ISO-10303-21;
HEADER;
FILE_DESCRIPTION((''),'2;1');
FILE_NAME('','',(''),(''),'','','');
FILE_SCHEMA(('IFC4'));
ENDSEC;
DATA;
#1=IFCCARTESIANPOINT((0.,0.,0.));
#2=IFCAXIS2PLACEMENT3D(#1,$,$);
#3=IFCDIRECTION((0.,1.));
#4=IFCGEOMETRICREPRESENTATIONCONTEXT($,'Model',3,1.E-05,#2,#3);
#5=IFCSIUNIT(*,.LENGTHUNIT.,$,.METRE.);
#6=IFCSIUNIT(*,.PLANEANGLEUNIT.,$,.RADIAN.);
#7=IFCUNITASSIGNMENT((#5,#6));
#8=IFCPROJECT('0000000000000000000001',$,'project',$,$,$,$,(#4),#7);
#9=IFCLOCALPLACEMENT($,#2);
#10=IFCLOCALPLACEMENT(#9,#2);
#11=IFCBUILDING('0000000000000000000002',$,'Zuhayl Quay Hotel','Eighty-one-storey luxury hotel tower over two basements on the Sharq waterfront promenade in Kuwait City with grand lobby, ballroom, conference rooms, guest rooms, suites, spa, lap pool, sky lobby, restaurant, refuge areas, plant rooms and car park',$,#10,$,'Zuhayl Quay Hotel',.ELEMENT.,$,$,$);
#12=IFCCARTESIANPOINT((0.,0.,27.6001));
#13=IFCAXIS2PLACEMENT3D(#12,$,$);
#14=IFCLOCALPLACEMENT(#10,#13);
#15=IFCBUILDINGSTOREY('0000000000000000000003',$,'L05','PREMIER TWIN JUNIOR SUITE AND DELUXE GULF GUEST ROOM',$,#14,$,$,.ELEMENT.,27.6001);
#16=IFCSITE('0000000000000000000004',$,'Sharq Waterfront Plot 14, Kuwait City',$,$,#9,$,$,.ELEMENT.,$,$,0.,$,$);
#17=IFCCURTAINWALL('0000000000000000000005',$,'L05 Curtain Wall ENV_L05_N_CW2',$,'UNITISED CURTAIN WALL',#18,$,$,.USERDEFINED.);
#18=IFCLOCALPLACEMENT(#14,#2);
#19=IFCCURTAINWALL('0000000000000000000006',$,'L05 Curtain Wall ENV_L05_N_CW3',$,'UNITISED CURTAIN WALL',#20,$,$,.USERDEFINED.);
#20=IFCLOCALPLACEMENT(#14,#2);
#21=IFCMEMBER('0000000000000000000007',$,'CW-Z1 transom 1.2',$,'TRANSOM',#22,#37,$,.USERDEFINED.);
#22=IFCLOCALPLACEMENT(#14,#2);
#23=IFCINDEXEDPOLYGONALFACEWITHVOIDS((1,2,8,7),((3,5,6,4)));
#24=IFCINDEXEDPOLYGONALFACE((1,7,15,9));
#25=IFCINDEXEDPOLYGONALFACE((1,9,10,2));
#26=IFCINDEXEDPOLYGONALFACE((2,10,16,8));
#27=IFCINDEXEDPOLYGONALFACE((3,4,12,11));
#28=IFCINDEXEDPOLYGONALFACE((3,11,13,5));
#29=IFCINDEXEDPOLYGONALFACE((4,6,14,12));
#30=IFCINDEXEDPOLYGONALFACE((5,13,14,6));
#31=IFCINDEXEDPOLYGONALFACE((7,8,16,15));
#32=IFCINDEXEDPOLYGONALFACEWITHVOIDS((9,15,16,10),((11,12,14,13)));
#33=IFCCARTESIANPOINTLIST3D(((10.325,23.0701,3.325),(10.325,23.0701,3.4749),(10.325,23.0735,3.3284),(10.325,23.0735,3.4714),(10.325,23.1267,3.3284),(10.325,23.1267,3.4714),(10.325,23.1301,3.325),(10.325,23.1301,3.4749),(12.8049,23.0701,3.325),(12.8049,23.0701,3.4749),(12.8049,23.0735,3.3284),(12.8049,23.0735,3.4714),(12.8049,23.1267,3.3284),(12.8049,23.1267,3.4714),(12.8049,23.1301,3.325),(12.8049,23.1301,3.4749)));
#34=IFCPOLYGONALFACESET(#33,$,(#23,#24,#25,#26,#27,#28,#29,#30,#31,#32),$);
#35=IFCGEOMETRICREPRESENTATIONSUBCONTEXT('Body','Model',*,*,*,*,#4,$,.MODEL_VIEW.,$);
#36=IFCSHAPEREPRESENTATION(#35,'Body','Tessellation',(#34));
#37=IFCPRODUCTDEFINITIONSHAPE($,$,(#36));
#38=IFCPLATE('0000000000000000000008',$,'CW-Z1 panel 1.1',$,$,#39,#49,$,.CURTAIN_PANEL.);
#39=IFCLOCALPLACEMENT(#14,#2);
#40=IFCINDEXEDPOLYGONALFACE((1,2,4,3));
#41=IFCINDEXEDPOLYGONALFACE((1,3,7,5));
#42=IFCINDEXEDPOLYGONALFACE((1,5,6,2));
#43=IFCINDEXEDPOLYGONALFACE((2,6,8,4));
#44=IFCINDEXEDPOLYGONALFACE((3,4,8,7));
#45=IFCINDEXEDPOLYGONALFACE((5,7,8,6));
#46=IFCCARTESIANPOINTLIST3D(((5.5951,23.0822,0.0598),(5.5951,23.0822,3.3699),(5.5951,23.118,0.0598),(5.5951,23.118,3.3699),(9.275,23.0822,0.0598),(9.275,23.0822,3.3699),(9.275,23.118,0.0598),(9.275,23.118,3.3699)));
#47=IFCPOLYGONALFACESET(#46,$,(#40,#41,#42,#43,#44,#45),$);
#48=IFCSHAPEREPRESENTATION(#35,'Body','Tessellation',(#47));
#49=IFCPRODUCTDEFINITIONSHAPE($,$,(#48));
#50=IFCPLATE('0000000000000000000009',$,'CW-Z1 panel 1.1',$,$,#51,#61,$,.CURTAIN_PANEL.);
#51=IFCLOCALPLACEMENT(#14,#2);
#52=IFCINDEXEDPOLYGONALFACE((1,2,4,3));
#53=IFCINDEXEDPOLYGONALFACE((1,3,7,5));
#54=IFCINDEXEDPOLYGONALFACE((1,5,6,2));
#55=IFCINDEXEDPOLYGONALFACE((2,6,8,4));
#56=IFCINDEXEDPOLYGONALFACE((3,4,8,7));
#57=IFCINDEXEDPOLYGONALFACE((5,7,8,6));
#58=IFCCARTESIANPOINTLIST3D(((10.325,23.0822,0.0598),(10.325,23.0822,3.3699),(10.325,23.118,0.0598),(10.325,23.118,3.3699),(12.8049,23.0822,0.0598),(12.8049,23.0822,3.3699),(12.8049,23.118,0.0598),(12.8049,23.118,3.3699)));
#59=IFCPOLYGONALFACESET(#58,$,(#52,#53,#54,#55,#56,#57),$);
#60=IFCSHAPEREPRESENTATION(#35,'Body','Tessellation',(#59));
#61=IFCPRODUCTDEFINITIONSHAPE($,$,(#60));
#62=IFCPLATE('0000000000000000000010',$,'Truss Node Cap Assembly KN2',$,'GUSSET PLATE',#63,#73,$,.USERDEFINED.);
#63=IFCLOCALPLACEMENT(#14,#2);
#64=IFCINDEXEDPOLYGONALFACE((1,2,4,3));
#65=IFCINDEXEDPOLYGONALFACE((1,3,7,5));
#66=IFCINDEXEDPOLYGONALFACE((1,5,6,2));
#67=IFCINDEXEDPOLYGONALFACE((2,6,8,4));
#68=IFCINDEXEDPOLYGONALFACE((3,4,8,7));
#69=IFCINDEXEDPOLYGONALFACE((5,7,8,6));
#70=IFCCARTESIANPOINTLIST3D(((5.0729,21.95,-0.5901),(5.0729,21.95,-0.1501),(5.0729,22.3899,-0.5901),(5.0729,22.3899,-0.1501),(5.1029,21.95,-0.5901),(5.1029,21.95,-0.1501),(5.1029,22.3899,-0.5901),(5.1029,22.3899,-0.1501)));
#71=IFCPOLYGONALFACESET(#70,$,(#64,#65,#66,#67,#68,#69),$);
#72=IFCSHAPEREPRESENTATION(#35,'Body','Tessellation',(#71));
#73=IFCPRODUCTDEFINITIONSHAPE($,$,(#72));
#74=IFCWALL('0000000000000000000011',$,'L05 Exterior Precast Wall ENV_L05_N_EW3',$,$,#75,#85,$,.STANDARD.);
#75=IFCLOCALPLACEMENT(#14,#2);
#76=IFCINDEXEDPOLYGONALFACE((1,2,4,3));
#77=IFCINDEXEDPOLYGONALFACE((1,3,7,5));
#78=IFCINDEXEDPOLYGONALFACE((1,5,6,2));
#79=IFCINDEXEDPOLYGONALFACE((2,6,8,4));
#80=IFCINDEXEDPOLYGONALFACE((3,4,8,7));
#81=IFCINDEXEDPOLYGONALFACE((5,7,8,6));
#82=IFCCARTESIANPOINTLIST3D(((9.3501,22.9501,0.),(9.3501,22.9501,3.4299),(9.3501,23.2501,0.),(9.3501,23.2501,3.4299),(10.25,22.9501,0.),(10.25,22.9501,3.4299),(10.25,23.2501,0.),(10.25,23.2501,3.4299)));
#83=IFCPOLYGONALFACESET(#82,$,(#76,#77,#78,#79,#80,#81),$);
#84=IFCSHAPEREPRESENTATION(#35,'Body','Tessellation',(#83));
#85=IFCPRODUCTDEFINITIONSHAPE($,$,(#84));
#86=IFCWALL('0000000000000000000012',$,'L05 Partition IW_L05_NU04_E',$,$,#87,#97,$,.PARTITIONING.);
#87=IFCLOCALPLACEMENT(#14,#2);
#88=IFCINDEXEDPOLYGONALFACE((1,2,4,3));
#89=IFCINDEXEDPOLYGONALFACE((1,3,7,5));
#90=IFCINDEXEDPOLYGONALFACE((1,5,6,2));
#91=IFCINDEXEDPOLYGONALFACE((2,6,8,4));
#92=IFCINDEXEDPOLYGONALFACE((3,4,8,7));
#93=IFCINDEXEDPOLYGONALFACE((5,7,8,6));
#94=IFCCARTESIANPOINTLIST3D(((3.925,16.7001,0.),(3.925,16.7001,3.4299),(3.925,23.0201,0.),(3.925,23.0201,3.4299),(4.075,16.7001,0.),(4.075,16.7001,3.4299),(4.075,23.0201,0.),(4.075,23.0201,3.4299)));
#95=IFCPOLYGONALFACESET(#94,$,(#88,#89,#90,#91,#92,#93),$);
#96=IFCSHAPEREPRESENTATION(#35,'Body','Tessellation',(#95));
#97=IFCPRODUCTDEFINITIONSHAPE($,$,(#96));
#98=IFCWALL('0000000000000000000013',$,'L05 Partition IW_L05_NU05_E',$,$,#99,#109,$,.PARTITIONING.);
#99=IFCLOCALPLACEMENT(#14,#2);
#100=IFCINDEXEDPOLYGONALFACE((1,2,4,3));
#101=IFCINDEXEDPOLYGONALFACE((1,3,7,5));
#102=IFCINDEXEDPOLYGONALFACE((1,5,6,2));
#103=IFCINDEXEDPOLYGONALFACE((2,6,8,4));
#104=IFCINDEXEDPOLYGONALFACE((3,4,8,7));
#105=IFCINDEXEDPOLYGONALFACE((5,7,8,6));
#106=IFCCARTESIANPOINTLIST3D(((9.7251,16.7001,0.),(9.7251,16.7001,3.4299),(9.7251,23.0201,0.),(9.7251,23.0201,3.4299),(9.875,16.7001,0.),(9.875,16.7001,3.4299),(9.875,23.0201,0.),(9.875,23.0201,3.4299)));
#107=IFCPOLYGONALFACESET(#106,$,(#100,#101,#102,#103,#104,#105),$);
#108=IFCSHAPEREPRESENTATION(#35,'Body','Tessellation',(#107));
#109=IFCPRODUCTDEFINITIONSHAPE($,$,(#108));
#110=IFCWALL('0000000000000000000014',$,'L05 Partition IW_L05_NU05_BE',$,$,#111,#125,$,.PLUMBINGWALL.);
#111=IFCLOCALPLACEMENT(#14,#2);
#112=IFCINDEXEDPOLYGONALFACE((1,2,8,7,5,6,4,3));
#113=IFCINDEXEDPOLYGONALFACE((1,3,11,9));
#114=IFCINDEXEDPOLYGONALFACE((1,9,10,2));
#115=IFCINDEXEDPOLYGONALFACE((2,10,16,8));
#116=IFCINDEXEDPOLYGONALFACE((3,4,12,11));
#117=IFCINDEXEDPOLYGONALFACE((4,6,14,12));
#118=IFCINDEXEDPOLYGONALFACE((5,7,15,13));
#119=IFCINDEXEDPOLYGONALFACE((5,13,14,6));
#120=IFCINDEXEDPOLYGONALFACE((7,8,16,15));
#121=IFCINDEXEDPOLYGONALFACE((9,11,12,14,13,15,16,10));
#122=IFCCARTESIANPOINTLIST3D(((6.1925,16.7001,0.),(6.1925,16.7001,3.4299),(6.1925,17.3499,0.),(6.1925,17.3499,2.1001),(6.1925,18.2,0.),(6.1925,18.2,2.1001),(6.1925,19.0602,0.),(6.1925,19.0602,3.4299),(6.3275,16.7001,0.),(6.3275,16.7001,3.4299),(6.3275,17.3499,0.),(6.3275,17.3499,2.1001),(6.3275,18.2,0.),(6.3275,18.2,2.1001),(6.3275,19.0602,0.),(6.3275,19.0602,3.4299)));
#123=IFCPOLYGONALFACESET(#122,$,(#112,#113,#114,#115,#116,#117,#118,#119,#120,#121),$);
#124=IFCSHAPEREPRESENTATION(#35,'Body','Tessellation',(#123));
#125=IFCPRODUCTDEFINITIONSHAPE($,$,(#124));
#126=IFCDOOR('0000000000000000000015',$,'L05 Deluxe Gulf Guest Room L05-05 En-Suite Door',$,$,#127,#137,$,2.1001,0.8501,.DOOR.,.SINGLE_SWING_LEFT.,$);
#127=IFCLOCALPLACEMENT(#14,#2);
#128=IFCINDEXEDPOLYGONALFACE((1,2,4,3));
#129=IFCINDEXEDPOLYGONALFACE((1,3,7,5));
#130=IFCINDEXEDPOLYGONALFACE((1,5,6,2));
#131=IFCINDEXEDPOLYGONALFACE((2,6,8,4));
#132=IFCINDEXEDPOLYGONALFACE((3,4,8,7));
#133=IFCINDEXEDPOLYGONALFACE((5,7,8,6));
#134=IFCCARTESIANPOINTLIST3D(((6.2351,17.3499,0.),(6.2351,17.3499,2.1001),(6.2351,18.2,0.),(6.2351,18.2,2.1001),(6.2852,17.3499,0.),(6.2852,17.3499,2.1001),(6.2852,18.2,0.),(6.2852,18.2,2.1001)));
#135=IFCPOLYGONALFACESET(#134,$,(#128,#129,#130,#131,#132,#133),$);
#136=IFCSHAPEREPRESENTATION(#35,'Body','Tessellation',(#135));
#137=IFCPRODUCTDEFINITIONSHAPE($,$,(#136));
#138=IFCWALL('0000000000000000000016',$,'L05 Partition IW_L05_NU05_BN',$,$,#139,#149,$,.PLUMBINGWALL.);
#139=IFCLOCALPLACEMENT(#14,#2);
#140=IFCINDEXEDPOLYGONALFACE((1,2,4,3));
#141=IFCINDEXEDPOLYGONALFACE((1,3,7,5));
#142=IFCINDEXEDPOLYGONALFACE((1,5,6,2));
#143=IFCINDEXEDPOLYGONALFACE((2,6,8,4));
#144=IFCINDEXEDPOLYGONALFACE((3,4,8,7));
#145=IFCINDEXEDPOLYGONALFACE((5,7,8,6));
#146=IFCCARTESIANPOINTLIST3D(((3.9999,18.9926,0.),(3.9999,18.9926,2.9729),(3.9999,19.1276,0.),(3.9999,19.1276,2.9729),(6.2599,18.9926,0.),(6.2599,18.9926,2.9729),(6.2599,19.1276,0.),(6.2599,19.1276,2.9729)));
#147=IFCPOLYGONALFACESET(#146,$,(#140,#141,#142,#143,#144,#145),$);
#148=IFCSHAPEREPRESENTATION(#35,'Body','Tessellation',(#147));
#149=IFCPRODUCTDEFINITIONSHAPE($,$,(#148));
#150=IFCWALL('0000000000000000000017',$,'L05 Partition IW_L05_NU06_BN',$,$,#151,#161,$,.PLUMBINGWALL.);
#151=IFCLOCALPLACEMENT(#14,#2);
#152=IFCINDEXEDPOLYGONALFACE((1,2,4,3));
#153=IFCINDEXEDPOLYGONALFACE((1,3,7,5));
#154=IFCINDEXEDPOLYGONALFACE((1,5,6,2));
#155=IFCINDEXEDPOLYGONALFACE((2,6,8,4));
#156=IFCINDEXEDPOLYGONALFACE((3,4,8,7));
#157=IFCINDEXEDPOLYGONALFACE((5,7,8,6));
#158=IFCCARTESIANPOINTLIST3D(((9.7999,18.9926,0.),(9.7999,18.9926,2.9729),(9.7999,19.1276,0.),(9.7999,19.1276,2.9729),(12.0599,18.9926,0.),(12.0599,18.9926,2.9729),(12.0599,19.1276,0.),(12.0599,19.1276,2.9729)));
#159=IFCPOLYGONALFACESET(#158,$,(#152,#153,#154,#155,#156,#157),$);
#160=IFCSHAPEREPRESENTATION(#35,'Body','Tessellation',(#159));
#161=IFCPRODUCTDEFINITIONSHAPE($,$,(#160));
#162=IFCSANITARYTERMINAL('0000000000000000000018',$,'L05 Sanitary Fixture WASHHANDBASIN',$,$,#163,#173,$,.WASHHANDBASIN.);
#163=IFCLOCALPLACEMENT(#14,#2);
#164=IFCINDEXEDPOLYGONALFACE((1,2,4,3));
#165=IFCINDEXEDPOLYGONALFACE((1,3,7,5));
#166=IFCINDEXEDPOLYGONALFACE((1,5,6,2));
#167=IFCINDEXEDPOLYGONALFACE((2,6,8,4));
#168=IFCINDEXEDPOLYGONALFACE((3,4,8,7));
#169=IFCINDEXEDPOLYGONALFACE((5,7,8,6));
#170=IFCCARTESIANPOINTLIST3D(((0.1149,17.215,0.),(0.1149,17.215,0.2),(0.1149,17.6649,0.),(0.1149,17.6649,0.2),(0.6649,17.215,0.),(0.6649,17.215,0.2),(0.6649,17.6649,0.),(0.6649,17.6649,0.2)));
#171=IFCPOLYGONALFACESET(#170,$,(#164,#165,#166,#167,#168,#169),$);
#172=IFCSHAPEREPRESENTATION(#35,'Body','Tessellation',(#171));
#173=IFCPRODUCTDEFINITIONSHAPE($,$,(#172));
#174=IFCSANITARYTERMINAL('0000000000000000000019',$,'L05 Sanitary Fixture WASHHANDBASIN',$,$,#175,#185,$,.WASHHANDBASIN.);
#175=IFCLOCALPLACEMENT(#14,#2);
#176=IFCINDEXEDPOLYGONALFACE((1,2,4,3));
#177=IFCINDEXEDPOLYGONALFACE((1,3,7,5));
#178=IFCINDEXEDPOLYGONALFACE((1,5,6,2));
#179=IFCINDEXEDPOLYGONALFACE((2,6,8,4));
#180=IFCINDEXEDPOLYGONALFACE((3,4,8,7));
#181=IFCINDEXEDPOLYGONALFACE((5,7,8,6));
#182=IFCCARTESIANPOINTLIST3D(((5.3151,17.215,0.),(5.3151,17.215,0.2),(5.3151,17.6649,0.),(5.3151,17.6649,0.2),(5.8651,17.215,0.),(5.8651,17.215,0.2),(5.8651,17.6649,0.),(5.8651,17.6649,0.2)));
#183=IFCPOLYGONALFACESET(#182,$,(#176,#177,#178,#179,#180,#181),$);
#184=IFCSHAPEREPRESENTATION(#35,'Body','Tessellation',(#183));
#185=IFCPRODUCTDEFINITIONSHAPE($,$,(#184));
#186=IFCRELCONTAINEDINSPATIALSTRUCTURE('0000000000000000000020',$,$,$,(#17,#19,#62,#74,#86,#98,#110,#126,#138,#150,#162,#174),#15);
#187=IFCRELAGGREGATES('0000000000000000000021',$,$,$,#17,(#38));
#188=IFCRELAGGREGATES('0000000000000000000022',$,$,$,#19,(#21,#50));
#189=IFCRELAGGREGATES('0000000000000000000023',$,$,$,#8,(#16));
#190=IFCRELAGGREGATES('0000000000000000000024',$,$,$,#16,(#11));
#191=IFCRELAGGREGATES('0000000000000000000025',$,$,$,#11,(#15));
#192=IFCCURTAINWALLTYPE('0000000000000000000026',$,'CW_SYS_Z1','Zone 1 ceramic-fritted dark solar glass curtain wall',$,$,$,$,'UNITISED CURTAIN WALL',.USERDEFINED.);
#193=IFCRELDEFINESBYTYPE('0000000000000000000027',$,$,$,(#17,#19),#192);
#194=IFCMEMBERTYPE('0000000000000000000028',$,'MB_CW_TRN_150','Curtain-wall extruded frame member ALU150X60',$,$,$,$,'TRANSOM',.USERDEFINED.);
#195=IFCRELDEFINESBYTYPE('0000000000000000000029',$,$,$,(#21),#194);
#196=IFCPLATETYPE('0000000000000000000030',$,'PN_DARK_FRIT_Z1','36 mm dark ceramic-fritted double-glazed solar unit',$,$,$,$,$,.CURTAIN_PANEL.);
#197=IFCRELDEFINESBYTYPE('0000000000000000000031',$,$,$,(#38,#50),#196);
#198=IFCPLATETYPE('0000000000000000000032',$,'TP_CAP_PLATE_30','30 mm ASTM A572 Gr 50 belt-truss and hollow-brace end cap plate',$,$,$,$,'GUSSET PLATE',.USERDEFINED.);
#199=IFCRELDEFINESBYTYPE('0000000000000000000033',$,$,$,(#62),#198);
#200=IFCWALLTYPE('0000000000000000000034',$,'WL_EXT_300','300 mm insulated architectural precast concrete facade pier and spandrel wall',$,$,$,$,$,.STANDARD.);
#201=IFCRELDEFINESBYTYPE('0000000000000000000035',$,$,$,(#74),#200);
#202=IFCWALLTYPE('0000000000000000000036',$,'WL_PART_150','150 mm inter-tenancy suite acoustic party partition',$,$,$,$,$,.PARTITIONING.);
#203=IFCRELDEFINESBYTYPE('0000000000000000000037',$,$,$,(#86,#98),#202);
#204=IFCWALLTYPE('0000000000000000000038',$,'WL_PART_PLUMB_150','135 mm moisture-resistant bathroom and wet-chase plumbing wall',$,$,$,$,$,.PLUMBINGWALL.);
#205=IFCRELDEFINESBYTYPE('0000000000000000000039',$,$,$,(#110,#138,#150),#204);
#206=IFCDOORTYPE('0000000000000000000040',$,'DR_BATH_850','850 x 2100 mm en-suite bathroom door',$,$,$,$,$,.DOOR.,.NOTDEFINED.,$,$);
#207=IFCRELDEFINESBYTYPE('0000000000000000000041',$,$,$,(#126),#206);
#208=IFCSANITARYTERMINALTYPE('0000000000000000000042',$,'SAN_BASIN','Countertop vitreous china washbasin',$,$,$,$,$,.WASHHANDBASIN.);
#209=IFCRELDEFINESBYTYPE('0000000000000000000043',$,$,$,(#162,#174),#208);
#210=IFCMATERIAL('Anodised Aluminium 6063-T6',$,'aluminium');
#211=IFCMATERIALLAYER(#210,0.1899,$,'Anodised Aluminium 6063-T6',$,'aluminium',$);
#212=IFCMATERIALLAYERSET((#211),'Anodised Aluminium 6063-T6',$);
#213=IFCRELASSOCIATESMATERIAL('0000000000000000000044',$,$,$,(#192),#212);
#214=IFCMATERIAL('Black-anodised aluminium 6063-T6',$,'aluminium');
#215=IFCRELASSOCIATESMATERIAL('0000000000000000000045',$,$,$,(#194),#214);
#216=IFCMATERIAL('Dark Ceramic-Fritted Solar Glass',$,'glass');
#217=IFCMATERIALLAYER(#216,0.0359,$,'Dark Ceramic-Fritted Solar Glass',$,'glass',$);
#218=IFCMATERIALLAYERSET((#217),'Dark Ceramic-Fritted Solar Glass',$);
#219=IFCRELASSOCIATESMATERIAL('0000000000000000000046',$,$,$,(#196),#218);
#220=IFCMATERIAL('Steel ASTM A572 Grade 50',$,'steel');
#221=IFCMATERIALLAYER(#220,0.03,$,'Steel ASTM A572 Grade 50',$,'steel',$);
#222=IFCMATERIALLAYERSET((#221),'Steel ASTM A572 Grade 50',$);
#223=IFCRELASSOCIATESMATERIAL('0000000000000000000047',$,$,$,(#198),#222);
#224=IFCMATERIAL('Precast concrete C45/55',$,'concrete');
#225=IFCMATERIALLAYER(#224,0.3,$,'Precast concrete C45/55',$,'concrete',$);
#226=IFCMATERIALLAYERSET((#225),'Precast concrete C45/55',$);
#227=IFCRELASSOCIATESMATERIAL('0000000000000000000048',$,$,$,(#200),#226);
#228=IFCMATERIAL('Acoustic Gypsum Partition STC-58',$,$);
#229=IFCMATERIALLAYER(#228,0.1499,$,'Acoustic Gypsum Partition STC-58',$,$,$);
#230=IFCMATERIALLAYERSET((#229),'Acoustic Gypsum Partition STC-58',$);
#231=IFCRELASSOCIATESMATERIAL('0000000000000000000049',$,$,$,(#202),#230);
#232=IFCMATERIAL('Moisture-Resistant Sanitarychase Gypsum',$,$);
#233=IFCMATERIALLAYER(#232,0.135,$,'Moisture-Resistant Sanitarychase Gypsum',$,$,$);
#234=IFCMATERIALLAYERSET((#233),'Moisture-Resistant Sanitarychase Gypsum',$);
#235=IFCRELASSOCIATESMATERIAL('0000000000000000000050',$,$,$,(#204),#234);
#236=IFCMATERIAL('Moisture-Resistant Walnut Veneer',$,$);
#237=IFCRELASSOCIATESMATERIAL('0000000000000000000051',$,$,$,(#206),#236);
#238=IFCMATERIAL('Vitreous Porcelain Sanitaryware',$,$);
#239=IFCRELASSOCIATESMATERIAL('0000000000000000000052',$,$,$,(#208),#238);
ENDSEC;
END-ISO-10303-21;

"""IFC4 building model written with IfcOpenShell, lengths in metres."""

from ifc_helpers import new_model, si_unit, direction, frame, frame_2d, origin, origin_2d, place, context, subcontext, project, spatial, rectangle, hollow_rectangle, extrude, material, layer, layer_set, material_profile, profile_set, type_object, element, fill, aggregate, save


model = new_model("IFC4")

# Units and contexts
model_context = context("Model", 3, precision=1e-05, world=origin(), true_north=direction((0.0, 1.0)))
body_context = subcontext(model_context, "Body", "Model", "MODEL_VIEW")
ifc_project = project(units=[si_unit("LENGTHUNIT", "METRE"), si_unit("PLANEANGLEUNIT", "RADIAN")], contexts=[model_context])

# Site, building, storey
site_placement = place(None, origin())
site = spatial("IfcSite", under=ifc_project, at=site_placement, Name="Sharq Waterfront Plot 14, Kuwait City", CompositionType="ELEMENT", RefElevation=0.0)
building_placement = place(site_placement, origin())
building = spatial("IfcBuilding", under=site, at=building_placement, Name="Zuhayl Quay Hotel", Description="Eighty-one-storey luxury hotel tower over two basements on the Sharq waterfront promenade in Kuwait City with grand lobby, ballroom, conference rooms, guest rooms, suites, spa, lap pool, sky lobby, restaurant, refuge areas, plant rooms and car park", LongName="Zuhayl Quay Hotel", CompositionType="ELEMENT")
storey_placement = place(building_placement, frame((0.0, 0.0, 27.6001)))
storey = spatial("IfcBuildingStorey", under=building, at=storey_placement, Name="L05", Description="PREMIER TWIN JUNIOR SUITE AND DELUXE GULF GUEST ROOM", CompositionType="ELEMENT", Elevation=27.6001)

# Curtain wall
ifc_material_1 = material(Name="Anodised Aluminium 6063-T6", Category="aluminium")
ifc_layer_1 = layer(ifc_material_1, 0.1899, Name="Anodised Aluminium 6063-T6", Category="aluminium")
ifc_layer_set_1 = layer_set([ifc_layer_1], Name="Anodised Aluminium 6063-T6")
curtain_wall_type = type_object("IfcCurtainWallType", Name="CW_SYS_Z1", Description="Zone 1 ceramic-fritted dark solar glass curtain wall", ElementType="UNITISED CURTAIN WALL", PredefinedType="USERDEFINED", material=ifc_layer_set_1)
curtain_wall_1_placement = place(storey_placement, origin())
curtain_wall_1 = element("IfcCurtainWall", 1, at=curtain_wall_1_placement, inside=storey, type_object=curtain_wall_type, Name="L05 Curtain Wall ENV_L05_N_CW2", ObjectType="UNITISED CURTAIN WALL", PredefinedType="USERDEFINED")
ifc_material_2 = material(Name="Black-anodised aluminium 6063-T6", Category="aluminium")

# Curtain wall
curtain_wall_2_placement = place(storey_placement, origin())
curtain_wall_2 = element("IfcCurtainWall", 2, at=curtain_wall_2_placement, inside=storey, type_object=curtain_wall_type, Name="L05 Curtain Wall ENV_L05_N_CW3", ObjectType="UNITISED CURTAIN WALL", PredefinedType="USERDEFINED")

# Member
ifc_material_profile_1 = material_profile(ifc_material_2, hollow_rectangle(XDim=0.0601, YDim=0.1499, WallThickness=0.0034, at=origin_2d()), Name="ALU150X60")
ifc_profile_set_1 = profile_set([ifc_material_profile_1], Name="Black-anodised aluminium 6063-T6")
member_type_1 = type_object("IfcMemberType", Name="MB_CW_TRN_150", Description="Curtain-wall extruded frame member ALU150X60", ElementType="TRANSOM", PredefinedType="USERDEFINED", material=ifc_profile_set_1)
member_1_placement = place(storey_placement, frame((10.325, 23.1001, 3.3999), z_axis=(1.0, 0.0, 0.0), x_axis=(0.0, 1.0, 0.0)))
member_1 = element("IfcMember", 3, at=member_1_placement, type_object=member_type_1, Name="CW-Z1 transom 1.2", ObjectType="TRANSOM", PredefinedType="USERDEFINED", context=body_context, shape_type="SweptSolid", body=[
    extrude(hollow_rectangle(XDim=0.0601, YDim=0.1499, WallThickness=0.0034, at=origin_2d()), origin(), (0.0, 0.0, 1.0), 2.48),
])

# Plates
ifc_material_3 = material(Name="Dark Ceramic-Fritted Solar Glass", Category="glass")
ifc_layer_2 = layer(ifc_material_3, 0.0359, Name="Dark Ceramic-Fritted Solar Glass", Category="glass")
ifc_layer_set_2 = layer_set([ifc_layer_2], Name="Dark Ceramic-Fritted Solar Glass")
plate_type_1 = type_object("IfcPlateType", Name="PN_DARK_FRIT_Z1", Description="36 mm dark ceramic-fritted double-glazed solar unit", PredefinedType="CURTAIN_PANEL", material=ifc_layer_set_2)
plate_1_placement = place(storey_placement, frame((7.4351, 23.1001, 0.0598), z_axis=(0.0, 0.0, 1.0), x_axis=(1.0, 0.0, 0.0)))
plate_1 = element("IfcPlate", 4, at=plate_1_placement, type_object=plate_type_1, Name="CW-Z1 panel 1.1", PredefinedType="CURTAIN_PANEL", context=body_context, shape_type="SweptSolid", body=[
    extrude(rectangle(XDim=3.6799, YDim=0.0359, at=origin_2d()), origin(), (0.0, 0.0, 1.0), 3.3101),
])
aggregate(curtain_wall_1, [plate_1])
plate_2_placement = place(storey_placement, frame((11.5649, 23.1001, 0.0598), z_axis=(0.0, 0.0, 1.0), x_axis=(1.0, 0.0, 0.0)))
plate_2 = element("IfcPlate", 5, at=plate_2_placement, type_object=plate_type_1, Name="CW-Z1 panel 1.1", PredefinedType="CURTAIN_PANEL", context=body_context, shape_type="SweptSolid", body=[
    extrude(rectangle(XDim=2.48, YDim=0.0359, at=origin_2d()), origin(), (0.0, 0.0, 1.0), 3.3101),
])
aggregate(curtain_wall_2, [member_1, plate_2])
ifc_material_4 = material(Name="Steel ASTM A572 Grade 50", Category="steel")
ifc_layer_3 = layer(ifc_material_4, 0.03, Name="Steel ASTM A572 Grade 50", Category="steel")
ifc_layer_set_3 = layer_set([ifc_layer_3], Name="Steel ASTM A572 Grade 50")
plate_type_2 = type_object("IfcPlateType", Name="TP_CAP_PLATE_30", Description="30 mm ASTM A572 Gr 50 belt-truss and hollow-brace end cap plate", ElementType="GUSSET PLATE", PredefinedType="USERDEFINED", material=ifc_layer_set_3)
plate_3_placement = place(storey_placement, frame((5.0879, 22.1699, -0.5901), z_axis=(0.0, 0.0, 1.0), x_axis=(-1.0, 0.0, 0.0)))
element("IfcPlate", 6, at=plate_3_placement, inside=storey, type_object=plate_type_2, Name="Truss Node Cap Assembly KN2", ObjectType="GUSSET PLATE", PredefinedType="USERDEFINED", context=body_context, shape_type="SweptSolid", body=[
    extrude(rectangle(XDim=0.03, YDim=0.4399, at=origin_2d()), origin(), (0.0, 0.0, 1.0), 0.4399),
])

# Walls
ifc_material_5 = material(Name="Precast concrete C45/55", Category="concrete")
ifc_layer_4 = layer(ifc_material_5, 0.3, Name="Precast concrete C45/55", Category="concrete")
ifc_layer_set_4 = layer_set([ifc_layer_4], Name="Precast concrete C45/55")
wall_type_1 = type_object("IfcWallType", Name="WL_EXT_300", Description="300 mm insulated architectural precast concrete facade pier and spandrel wall", PredefinedType="STANDARD", material=ifc_layer_set_4)
wall_1_placement = place(storey_placement, frame((9.3501, 23.1001, 0.0), z_axis=(0.0, 0.0, 1.0), x_axis=(1.0, 0.0, 0.0)))
element("IfcWall", 7, at=wall_1_placement, inside=storey, type_object=wall_type_1, Name="L05 Exterior Precast Wall ENV_L05_N_EW3", PredefinedType="STANDARD", context=body_context, shape_type="SweptSolid", body=[
    extrude(rectangle(XDim=0.8999, YDim=0.3, at=frame_2d((0.45, 0.0))), origin(), (0.0, 0.0, 1.0), 3.4299),
])
ifc_material_6 = material(Name="Acoustic Gypsum Partition STC-58")
ifc_layer_5 = layer(ifc_material_6, 0.1499, Name="Acoustic Gypsum Partition STC-58")
ifc_layer_set_5 = layer_set([ifc_layer_5], Name="Acoustic Gypsum Partition STC-58")
wall_type_2 = type_object("IfcWallType", Name="WL_PART_150", Description="150 mm inter-tenancy suite acoustic party partition", PredefinedType="PARTITIONING", material=ifc_layer_set_5)
for number, where, z_axis, x_axis, name in (
    (8, (4.0, 16.7, 0.0), (0.0, 0.0, 1.0), (0.0, 1.0, 0.0), "L05 Partition IW_L05_NU04_E"),
    (9, (9.8, 16.7, 0.0), (0.0, 0.0, 1.0), (0.0, 1.0, 0.0), "L05 Partition IW_L05_NU05_E"),
):
    element("IfcWall", number, at=place(storey_placement, frame(where, z_axis=z_axis, x_axis=x_axis)), inside=storey, type_object=wall_type_2, Name=name, PredefinedType="PARTITIONING", context=body_context, shape_type="SweptSolid", body=[
        extrude(rectangle(XDim=6.3201, YDim=0.1499, at=frame_2d((3.1602, 0.0))), origin(), (0.0, 0.0, 1.0), 3.4299),
    ])

# Wall, opening, door
ifc_material_7 = material(Name="Moisture-Resistant Sanitarychase Gypsum")
ifc_layer_6 = layer(ifc_material_7, 0.135, Name="Moisture-Resistant Sanitarychase Gypsum")
ifc_layer_set_6 = layer_set([ifc_layer_6], Name="Moisture-Resistant Sanitarychase Gypsum")
wall_type_3 = type_object("IfcWallType", Name="WL_PART_PLUMB_150", Description="135 mm moisture-resistant bathroom and wet-chase plumbing wall", PredefinedType="PLUMBINGWALL", material=ifc_layer_set_6)
wall_2_placement = place(storey_placement, frame((6.26, 16.7, 0.0), z_axis=(0.0, 0.0, 1.0), x_axis=(0.0, 1.0, 0.0)))
wall_2 = element("IfcWall", 10, at=wall_2_placement, inside=storey, type_object=wall_type_3, Name="L05 Partition IW_L05_NU05_BE", PredefinedType="PLUMBINGWALL", context=body_context, shape_type="SweptSolid", body=[
    extrude(rectangle(XDim=2.3601, YDim=0.135, at=frame_2d((1.1802, 0.0))), origin(), (0.0, 0.0, 1.0), 3.4299),
])
opening_1_placement = place(wall_2_placement, frame((0.6499, 0.0, 0.0)))
opening_1 = element("IfcOpeningElement", 11, at=opening_1_placement, cuts=wall_2, PredefinedType="OPENING", context=body_context, shape_type="SweptSolid", body=[
    extrude(rectangle(XDim=0.8501, YDim=2.1001, at=frame_2d((0.425, 1.05))), frame((0.0, 0.0774, 0.0), z_axis=(0.0, -1.0, 0.0), x_axis=(1.0, 0.0, 0.0)), (0.0, 0.0, 1.0), 0.155),
])
ifc_material_8 = material(Name="Moisture-Resistant Walnut Veneer")
door_type_1 = type_object("IfcDoorType", Name="DR_BATH_850", Description="850 x 2100 mm en-suite bathroom door", OperationType="NOTDEFINED", PredefinedType="DOOR", material=ifc_material_8)
door_1_placement = place(opening_1_placement, origin())
door_1 = element("IfcDoor", 12, at=door_1_placement, inside=storey, type_object=door_type_1, Name="L05 Deluxe Gulf Guest Room L05-05 En-Suite Door", OperationType="SINGLE_SWING_LEFT", OverallHeight=2.1001, OverallWidth=0.8501, PredefinedType="DOOR", context=body_context, shape_type="SweptSolid", body=[
    extrude(rectangle(XDim=0.8501, YDim=2.1001, at=frame_2d((0.425, 1.05))), frame((0.0, 0.0249, 0.0), z_axis=(0.0, -1.0, 0.0), x_axis=(1.0, 0.0, 0.0)), (0.0, 0.0, 1.0), 0.05),
])
fill(opening_1, door_1)

# Walls
for number, where, z_axis, x_axis, name in (
    (13, (4.0, 19.0601, 0.0), (0.0, 0.0, 1.0), (1.0, 0.0, 0.0), "L05 Partition IW_L05_NU05_BN"),
    (14, (9.8, 19.0601, 0.0), (0.0, 0.0, 1.0), (1.0, 0.0, 0.0), "L05 Partition IW_L05_NU06_BN"),
):
    element("IfcWall", number, at=place(storey_placement, frame(where, z_axis=z_axis, x_axis=x_axis)), inside=storey, type_object=wall_type_3, Name=name, PredefinedType="PLUMBINGWALL", context=body_context, shape_type="SweptSolid", body=[
        extrude(rectangle(XDim=2.26, YDim=0.135, at=frame_2d((1.1299, 0.0))), origin(), (0.0, 0.0, 1.0), 2.9729),
    ])

# Sanitary terminals
ifc_material_9 = material(Name="Vitreous Porcelain Sanitaryware")
sanitary_terminal_type_1 = type_object("IfcSanitaryTerminalType", Name="SAN_BASIN", Description="Countertop vitreous china washbasin", PredefinedType="WASHHANDBASIN", material=ifc_material_9)
for number, where, z_axis, x_axis, name in (
    (15, (0.3899, 17.4399, 0.0), (0.0, 0.0, 1.0), (1.0, 0.0, 0.0), "L05 Sanitary Fixture WASHHANDBASIN"),
    (16, (5.5901, 17.4399, 0.0), (0.0, 0.0, 1.0), (1.0, 0.0, 0.0), "L05 Sanitary Fixture WASHHANDBASIN"),
):
    element("IfcSanitaryTerminal", number, at=place(storey_placement, frame(where, z_axis=z_axis, x_axis=x_axis)), inside=storey, type_object=sanitary_terminal_type_1, Name=name, PredefinedType="WASHHANDBASIN", context=body_context, shape_type="SweptSolid", body=[
        extrude(rectangle(XDim=0.55, YDim=0.45, at=origin_2d()), origin(), (0.0, 0.0, 1.0), 0.2),
    ])

save(model, "model.ifc")
